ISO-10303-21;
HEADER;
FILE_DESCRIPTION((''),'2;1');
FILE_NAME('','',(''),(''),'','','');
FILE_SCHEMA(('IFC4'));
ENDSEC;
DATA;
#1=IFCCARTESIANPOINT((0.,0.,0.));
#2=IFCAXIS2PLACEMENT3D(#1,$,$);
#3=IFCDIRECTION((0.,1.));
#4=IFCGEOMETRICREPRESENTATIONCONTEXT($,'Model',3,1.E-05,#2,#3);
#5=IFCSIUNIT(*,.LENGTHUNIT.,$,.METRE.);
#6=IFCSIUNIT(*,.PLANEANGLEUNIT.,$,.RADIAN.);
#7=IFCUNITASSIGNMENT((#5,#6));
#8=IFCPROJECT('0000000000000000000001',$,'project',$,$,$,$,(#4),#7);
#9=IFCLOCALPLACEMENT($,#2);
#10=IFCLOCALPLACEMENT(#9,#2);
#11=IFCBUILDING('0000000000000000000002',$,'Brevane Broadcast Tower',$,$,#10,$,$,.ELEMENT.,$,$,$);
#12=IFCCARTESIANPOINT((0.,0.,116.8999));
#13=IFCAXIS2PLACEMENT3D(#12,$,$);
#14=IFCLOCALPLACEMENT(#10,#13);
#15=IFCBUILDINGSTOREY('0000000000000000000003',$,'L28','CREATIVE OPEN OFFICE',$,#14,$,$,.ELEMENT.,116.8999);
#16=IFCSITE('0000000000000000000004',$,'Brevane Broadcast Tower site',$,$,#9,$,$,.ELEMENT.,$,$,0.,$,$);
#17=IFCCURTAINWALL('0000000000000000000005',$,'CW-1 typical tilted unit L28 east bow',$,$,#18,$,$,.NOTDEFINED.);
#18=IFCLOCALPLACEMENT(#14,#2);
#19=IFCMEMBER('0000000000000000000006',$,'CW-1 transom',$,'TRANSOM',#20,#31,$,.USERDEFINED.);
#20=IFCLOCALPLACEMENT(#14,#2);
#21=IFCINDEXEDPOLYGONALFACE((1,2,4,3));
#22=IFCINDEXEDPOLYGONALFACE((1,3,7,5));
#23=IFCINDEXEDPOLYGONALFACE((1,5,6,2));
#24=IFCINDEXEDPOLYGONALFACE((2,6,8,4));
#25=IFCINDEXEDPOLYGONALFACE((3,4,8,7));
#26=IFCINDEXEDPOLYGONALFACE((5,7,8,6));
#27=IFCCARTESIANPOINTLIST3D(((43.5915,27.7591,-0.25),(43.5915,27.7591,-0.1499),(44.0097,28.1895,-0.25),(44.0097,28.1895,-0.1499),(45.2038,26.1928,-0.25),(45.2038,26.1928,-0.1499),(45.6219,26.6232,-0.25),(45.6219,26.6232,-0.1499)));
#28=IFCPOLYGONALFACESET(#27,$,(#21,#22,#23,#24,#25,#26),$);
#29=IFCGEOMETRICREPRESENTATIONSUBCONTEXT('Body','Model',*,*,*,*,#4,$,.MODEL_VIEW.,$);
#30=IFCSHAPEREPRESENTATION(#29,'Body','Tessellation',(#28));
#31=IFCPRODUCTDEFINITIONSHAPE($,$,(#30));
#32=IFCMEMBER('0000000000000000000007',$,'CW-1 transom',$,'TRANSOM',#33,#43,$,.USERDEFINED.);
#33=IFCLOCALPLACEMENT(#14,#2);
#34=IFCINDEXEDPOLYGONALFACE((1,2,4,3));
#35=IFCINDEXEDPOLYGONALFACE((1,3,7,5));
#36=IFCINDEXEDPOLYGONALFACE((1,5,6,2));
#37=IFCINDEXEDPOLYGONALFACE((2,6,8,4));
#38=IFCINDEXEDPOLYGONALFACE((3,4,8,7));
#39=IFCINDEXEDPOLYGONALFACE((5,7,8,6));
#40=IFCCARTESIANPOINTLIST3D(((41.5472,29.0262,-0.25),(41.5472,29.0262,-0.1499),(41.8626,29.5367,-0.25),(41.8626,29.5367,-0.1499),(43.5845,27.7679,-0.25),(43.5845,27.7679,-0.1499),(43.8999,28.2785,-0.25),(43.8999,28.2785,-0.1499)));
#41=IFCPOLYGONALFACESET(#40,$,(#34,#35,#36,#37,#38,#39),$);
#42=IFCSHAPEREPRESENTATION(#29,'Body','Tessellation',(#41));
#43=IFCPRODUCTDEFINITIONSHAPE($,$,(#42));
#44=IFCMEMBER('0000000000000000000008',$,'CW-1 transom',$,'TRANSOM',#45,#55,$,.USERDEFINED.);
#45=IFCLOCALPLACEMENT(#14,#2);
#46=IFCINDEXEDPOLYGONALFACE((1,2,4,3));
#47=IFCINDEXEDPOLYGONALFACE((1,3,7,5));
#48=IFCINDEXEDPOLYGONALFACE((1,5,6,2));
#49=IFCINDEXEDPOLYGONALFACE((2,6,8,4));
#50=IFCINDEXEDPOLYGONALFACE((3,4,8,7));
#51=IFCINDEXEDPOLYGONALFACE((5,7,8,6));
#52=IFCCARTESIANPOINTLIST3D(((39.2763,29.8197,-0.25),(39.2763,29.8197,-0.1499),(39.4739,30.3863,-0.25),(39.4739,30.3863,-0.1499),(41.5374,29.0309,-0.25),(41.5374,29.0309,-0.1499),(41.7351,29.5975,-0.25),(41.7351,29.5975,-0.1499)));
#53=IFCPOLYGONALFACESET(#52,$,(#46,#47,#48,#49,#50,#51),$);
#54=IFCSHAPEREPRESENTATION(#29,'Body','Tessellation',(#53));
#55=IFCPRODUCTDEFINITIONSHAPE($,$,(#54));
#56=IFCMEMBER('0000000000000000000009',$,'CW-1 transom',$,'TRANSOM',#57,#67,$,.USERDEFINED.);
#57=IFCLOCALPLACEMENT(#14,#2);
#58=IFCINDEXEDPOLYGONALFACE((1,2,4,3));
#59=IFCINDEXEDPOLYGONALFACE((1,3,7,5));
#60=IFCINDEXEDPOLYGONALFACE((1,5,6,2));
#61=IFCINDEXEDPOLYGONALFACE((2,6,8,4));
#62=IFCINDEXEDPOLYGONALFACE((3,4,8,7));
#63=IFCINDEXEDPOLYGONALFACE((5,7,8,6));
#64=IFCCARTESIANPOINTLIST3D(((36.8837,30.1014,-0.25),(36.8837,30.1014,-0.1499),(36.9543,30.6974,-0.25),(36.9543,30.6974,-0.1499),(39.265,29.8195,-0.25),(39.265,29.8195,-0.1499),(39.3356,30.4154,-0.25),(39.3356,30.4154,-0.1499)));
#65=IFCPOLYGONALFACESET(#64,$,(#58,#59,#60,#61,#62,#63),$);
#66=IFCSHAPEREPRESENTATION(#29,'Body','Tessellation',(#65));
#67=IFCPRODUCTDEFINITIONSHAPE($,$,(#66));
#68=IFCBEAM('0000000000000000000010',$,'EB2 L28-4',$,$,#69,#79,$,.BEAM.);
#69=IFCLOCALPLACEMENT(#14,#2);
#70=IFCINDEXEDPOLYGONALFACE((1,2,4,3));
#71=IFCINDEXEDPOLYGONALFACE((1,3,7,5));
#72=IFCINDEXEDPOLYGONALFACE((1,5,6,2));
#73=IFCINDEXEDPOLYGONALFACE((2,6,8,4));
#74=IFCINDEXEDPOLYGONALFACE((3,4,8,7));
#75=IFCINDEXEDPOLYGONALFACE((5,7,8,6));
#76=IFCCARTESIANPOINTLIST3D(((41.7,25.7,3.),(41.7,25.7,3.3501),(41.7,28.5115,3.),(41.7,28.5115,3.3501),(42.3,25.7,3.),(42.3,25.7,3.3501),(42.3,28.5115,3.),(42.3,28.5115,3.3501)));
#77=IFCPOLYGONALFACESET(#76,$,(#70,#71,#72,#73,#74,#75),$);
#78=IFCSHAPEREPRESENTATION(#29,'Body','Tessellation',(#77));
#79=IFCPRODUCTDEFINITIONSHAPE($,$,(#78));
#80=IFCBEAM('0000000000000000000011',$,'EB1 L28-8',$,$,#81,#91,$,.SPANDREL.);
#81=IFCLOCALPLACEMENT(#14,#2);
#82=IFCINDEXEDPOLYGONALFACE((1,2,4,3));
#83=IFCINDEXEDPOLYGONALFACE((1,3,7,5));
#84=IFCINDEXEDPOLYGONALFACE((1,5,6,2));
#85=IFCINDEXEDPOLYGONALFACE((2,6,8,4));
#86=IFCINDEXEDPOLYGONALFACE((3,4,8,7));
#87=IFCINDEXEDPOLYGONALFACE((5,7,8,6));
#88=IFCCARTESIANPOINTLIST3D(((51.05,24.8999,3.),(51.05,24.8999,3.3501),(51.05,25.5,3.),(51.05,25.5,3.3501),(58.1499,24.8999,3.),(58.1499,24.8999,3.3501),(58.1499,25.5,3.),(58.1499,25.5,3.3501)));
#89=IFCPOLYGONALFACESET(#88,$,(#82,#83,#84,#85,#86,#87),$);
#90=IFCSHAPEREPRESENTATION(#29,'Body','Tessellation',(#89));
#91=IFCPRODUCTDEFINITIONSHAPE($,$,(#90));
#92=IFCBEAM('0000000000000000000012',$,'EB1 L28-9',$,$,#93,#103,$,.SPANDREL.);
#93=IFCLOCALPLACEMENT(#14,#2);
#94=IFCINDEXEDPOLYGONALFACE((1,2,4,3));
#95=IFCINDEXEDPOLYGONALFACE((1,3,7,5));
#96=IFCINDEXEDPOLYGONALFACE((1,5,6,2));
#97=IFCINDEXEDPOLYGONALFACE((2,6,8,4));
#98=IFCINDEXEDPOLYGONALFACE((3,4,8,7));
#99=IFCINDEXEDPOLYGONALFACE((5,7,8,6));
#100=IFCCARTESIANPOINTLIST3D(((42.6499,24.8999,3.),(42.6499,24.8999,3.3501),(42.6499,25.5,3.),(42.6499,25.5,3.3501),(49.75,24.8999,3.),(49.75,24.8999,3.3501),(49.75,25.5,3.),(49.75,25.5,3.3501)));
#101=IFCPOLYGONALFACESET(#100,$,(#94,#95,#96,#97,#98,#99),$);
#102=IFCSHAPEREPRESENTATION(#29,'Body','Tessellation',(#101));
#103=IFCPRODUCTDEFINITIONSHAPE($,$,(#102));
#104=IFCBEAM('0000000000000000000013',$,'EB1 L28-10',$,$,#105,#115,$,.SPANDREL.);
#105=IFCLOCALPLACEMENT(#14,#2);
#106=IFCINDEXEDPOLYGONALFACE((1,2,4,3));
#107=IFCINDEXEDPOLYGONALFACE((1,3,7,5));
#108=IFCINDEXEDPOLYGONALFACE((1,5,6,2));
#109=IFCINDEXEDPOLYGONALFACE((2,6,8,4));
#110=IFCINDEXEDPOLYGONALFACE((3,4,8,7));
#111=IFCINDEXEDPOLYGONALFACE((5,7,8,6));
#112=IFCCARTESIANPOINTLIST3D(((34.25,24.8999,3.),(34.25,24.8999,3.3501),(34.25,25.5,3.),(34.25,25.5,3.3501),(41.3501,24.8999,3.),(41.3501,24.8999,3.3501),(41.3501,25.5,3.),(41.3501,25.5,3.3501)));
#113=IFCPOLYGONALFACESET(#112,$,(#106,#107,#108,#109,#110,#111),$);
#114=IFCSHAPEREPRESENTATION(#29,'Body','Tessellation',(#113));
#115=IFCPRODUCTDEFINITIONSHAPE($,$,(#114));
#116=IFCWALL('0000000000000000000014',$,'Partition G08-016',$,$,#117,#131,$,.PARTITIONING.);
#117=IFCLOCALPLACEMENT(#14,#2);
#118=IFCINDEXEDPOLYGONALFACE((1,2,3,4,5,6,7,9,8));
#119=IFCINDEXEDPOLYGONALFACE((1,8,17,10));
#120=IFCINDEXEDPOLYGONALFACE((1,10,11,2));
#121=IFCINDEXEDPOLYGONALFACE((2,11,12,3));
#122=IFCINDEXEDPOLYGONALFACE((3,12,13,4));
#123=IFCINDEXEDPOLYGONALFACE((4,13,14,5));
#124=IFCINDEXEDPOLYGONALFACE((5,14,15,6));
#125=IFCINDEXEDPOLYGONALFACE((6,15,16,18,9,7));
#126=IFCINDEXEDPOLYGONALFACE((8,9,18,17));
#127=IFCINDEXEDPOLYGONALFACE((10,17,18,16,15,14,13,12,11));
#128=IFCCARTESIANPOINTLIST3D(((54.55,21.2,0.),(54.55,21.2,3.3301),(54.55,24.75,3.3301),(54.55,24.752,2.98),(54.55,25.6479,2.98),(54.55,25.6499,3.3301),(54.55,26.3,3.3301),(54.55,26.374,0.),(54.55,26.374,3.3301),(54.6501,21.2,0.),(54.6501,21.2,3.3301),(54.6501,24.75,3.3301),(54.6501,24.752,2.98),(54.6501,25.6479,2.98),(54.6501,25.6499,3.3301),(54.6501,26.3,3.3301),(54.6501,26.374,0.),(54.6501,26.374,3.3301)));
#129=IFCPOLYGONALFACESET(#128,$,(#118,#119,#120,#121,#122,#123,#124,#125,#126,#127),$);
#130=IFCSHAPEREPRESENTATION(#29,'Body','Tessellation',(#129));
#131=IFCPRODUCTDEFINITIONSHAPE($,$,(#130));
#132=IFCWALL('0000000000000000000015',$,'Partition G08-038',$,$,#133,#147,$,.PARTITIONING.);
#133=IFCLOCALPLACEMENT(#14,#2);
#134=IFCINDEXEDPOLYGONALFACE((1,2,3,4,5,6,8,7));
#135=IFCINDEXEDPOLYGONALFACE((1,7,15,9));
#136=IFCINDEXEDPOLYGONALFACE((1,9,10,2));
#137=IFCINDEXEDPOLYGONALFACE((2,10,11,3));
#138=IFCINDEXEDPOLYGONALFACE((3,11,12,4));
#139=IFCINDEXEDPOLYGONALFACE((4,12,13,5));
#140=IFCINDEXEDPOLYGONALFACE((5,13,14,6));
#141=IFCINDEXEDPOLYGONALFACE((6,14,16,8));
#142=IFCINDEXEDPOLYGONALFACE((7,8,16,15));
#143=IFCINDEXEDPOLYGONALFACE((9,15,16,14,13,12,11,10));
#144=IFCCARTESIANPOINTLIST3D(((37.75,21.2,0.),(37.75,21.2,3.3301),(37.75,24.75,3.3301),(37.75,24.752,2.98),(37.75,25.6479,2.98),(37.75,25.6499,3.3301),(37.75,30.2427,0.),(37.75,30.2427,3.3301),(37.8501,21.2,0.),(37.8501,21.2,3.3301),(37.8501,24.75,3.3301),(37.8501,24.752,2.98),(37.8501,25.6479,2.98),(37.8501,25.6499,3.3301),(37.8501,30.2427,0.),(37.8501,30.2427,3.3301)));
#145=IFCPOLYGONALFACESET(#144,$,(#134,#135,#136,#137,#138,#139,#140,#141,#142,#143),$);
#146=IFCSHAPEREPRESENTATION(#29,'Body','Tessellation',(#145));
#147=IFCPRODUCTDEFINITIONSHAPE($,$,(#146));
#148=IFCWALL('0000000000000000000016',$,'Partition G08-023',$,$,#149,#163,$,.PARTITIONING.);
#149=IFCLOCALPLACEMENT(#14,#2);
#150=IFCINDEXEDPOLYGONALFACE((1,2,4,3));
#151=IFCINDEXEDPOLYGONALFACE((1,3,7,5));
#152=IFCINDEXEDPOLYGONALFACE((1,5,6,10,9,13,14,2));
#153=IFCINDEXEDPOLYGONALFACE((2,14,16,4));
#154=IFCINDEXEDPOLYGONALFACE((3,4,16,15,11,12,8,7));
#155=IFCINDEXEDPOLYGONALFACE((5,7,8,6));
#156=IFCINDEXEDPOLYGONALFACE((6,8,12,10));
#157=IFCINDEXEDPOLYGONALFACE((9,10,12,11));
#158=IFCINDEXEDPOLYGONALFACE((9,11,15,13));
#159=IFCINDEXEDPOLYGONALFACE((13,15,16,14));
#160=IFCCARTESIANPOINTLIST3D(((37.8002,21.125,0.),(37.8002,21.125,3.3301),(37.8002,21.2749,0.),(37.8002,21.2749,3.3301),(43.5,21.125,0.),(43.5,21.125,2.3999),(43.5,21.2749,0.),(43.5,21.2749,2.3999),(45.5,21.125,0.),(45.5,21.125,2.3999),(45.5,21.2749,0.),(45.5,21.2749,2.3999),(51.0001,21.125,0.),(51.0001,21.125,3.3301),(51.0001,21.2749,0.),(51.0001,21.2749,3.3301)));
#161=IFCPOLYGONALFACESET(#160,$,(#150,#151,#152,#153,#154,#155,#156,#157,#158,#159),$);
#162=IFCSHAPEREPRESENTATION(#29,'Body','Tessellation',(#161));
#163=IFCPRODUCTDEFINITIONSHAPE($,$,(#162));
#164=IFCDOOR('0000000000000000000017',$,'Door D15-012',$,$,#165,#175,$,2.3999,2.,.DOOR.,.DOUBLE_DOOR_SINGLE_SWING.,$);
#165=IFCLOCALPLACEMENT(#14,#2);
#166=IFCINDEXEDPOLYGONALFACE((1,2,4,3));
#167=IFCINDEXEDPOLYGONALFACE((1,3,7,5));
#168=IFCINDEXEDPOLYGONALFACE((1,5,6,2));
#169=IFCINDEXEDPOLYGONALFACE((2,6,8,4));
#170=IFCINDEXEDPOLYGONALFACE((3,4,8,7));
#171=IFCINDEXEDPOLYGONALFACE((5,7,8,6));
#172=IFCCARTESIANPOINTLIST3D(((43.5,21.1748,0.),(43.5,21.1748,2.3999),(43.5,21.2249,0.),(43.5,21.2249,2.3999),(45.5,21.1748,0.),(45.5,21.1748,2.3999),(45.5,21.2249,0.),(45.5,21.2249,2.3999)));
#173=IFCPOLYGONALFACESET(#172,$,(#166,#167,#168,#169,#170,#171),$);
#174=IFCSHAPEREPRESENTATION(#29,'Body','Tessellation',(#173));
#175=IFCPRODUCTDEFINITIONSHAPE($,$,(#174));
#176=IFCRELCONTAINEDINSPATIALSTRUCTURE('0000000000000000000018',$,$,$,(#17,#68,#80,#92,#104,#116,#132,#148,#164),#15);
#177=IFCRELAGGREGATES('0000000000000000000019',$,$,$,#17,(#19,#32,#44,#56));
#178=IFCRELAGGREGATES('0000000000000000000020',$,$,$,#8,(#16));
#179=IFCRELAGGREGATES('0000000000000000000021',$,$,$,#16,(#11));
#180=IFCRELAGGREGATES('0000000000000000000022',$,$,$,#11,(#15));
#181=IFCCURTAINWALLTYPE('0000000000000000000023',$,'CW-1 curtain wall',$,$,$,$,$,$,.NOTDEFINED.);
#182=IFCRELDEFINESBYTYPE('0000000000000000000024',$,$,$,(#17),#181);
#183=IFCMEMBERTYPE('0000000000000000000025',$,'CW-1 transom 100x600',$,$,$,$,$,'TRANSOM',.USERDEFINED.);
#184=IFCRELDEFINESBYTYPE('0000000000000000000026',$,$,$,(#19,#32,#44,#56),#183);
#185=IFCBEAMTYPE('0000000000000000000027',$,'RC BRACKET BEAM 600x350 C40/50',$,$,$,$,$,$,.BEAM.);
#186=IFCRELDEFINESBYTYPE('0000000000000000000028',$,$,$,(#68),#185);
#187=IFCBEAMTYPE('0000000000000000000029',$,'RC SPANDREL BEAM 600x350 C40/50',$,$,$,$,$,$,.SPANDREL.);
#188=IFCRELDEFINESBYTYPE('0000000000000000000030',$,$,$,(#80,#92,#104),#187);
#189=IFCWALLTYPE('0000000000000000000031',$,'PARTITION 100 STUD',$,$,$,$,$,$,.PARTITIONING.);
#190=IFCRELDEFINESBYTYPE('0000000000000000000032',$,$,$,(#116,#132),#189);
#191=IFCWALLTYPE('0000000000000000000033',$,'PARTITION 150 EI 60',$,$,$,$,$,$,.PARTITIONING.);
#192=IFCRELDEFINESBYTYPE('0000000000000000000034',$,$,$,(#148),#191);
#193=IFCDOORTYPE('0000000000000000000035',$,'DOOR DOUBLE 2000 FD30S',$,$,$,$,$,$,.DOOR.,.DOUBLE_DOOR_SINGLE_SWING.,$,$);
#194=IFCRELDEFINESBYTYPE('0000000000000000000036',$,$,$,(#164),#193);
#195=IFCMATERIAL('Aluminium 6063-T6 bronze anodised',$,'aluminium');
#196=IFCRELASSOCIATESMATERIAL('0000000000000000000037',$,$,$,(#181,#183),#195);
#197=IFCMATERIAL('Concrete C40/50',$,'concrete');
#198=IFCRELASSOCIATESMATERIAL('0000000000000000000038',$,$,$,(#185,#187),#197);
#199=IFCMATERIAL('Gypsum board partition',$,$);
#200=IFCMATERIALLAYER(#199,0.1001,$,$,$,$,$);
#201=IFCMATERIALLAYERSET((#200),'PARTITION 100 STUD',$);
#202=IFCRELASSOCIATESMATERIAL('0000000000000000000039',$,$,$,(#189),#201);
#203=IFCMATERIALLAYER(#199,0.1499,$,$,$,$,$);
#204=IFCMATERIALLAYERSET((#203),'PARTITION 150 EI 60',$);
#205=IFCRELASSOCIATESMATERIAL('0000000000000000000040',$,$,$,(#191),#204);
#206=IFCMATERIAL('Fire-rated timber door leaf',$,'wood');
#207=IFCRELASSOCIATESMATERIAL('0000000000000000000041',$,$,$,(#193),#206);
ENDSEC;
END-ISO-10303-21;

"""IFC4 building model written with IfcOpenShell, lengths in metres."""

from ifc_helpers import new_model, si_unit, direction, frame, frame_2d, origin, origin_2d, place, context, subcontext, project, spatial, polyline, rectangle, outline, extrude, material, layer, layer_set, material_profile, profile_set, type_object, element, fill, aggregate, save


model = new_model("IFC4")

# Units and contexts
model_context = context("Model", 3, precision=1e-05, world=origin(), true_north=direction((0.0, 1.0)))
body_context = subcontext(model_context, "Body", "Model", "MODEL_VIEW")
ifc_project = project(units=[si_unit("LENGTHUNIT", "METRE"), si_unit("PLANEANGLEUNIT", "RADIAN")], contexts=[model_context])

# Site, building, storey
site_placement = place(None, origin())
site = spatial("IfcSite", under=ifc_project, at=site_placement, Name="Brevane Broadcast Tower site", CompositionType="ELEMENT", RefElevation=0.0)
building_placement = place(site_placement, origin())
building = spatial("IfcBuilding", under=site, at=building_placement, Name="Brevane Broadcast Tower", CompositionType="ELEMENT")
storey_placement = place(building_placement, frame((0.0, 0.0, 116.8999)))
storey = spatial("IfcBuildingStorey", under=building, at=storey_placement, Name="L28", Description="CREATIVE OPEN OFFICE", CompositionType="ELEMENT", Elevation=116.8999)

# Curtain wall
ifc_material_1 = material(Name="Aluminium 6063-T6 bronze anodised", Category="aluminium")
curtain_wall_type = type_object("IfcCurtainWallType", Name="CW-1 curtain wall", PredefinedType="NOTDEFINED", material=ifc_material_1)
curtain_wall_1_placement = place(storey_placement, origin())
curtain_wall_1 = element("IfcCurtainWall", 1, at=curtain_wall_1_placement, inside=storey, type_object=curtain_wall_type, Name="CW-1 typical tilted unit L28 east bow", PredefinedType="NOTDEFINED")

# Members
ifc_material_profile_1 = material_profile(ifc_material_1, rectangle(XDim=0.6001, YDim=0.1001, at=origin_2d()), Name="RECT 100x600")
ifc_profile_set_1 = profile_set([ifc_material_profile_1], Name="Aluminium 6063-T6 bronze anodised")
member_type_1 = type_object("IfcMemberType", Name="CW-1 transom 100x600", ElementType="TRANSOM", PredefinedType="USERDEFINED", material=ifc_profile_set_1)
member_1_placement = place(storey_placement, frame((45.4128, 26.408, -0.2), z_axis=(-0.717242, 0.696824, 0.0), x_axis=(-0.696824, -0.717242, 0.0)))
member_1 = element("IfcMember", 2, at=member_1_placement, type_object=member_type_1, Name="CW-1 transom", ObjectType="TRANSOM", PredefinedType="USERDEFINED", context=body_context, shape_type="SweptSolid", body=[
    extrude(rectangle(XDim=0.6001, YDim=0.1001, at=origin_2d()), origin(), (0.0, 0.0, 1.0), 2.2478),
])
member_2_placement = place(storey_placement, frame((43.7422, 28.0232, -0.2), z_axis=(-0.85081, 0.525473, 0.0), x_axis=(-0.525473, -0.85081, 0.0)))
member_2 = element("IfcMember", 3, at=member_2_placement, type_object=member_type_1, Name="CW-1 transom", ObjectType="TRANSOM", PredefinedType="USERDEFINED", context=body_context, shape_type="SweptSolid", body=[
    extrude(rectangle(XDim=0.6001, YDim=0.1001, at=origin_2d()), origin(), (0.0, 0.0, 1.0), 2.3945),
])
member_3_placement = place(storey_placement, frame((41.6362, 29.3142, -0.2), z_axis=(-0.944198, 0.329378, 0.0), x_axis=(-0.329378, -0.944198, 0.0)))
member_3 = element("IfcMember", 4, at=member_3_placement, type_object=member_type_1, Name="CW-1 transom", ObjectType="TRANSOM", PredefinedType="USERDEFINED", context=body_context, shape_type="SweptSolid", body=[
    extrude(rectangle(XDim=0.6001, YDim=0.1001, at=origin_2d()), origin(), (0.0, 0.0, 1.0), 2.3948),
])
member_4_placement = place(storey_placement, frame((39.3003, 30.1174, -0.2), z_axis=(-0.993062, 0.117591, 0.0), x_axis=(-0.117591, -0.993062, 0.0)))
member_4 = element("IfcMember", 5, at=member_4_placement, type_object=member_type_1, Name="CW-1 transom", ObjectType="TRANSOM", PredefinedType="USERDEFINED", context=body_context, shape_type="SweptSolid", body=[
    extrude(rectangle(XDim=0.6001, YDim=0.1001, at=origin_2d()), origin(), (0.0, 0.0, 1.0), 2.3979),
])
aggregate(curtain_wall_1, [member_1, member_2, member_3, member_4])

# Beams
ifc_material_2 = material(Name="Concrete C40/50", Category="concrete")
ifc_material_profile_2 = material_profile(ifc_material_2, rectangle(XDim=0.6001, YDim=0.3501, at=origin_2d()), Name="RC 600x350")
ifc_profile_set_2 = profile_set([ifc_material_profile_2], Name="Concrete C40/50")
beam_type_1 = type_object("IfcBeamType", Name="RC BRACKET BEAM 600x350 C40/50", PredefinedType="BEAM", material=ifc_profile_set_2)
beam_1_placement = place(storey_placement, frame((42.0, 25.7, 3.175), z_axis=(0.0, 1.0, 0.0), x_axis=(-1.0, 0.0, 0.0)))
element("IfcBeam", 6, at=beam_1_placement, inside=storey, type_object=beam_type_1, Name="EB2 L28-4", PredefinedType="BEAM", context=body_context, shape_type="SweptSolid", body=[
    extrude(rectangle(XDim=0.6001, YDim=0.3501, at=origin_2d()), origin(), (0.0, 0.0, 1.0), 2.8115),
])
ifc_material_profile_3 = material_profile(ifc_material_2, rectangle(XDim=0.6001, YDim=0.3501, at=origin_2d()), Name="RC 600x350")
ifc_profile_set_3 = profile_set([ifc_material_profile_3], Name="Concrete C40/50")
beam_type_2 = type_object("IfcBeamType", Name="RC SPANDREL BEAM 600x350 C40/50", PredefinedType="SPANDREL", material=ifc_profile_set_3)
beam_2_placement = place(storey_placement, frame((58.1499, 25.2, 3.175), z_axis=(-1.0, 0.0, 0.0), x_axis=(0.0, -1.0, 0.0)))
element("IfcBeam", 7, at=beam_2_placement, inside=storey, type_object=beam_type_2, Name="EB1 L28-8", PredefinedType="SPANDREL", context=body_context, shape_type="SweptSolid", body=[
    extrude(rectangle(XDim=0.6001, YDim=0.3501, at=origin_2d()), origin(), (0.0, 0.0, 1.0), 7.0999),
])
for number, where, z_axis, x_axis, name in (
    (8, (49.75, 25.2, 3.175), (-1.0, 0.0, 0.0), (0.0, -1.0, 0.0), "EB1 L28-9"),
    (9, (41.3501, 25.2, 3.175), (-1.0, 0.0, 0.0), (0.0, -1.0, 0.0), "EB1 L28-10"),
):
    element("IfcBeam", number, at=place(storey_placement, frame(where, z_axis=z_axis, x_axis=x_axis)), inside=storey, type_object=beam_type_2, Name=name, PredefinedType="SPANDREL", context=body_context, shape_type="SweptSolid", body=[
        extrude(rectangle(XDim=0.6001, YDim=0.3501, at=origin_2d()), origin(), (0.0, 0.0, 1.0), 7.1001),
    ])

# Walls
ifc_material_3 = material(Name="Gypsum board partition")
ifc_layer_1 = layer(ifc_material_3, 0.1001)
ifc_layer_set_1 = layer_set([ifc_layer_1], Name="PARTITION 100 STUD")
wall_type_1 = type_object("IfcWallType", Name="PARTITION 100 STUD", PredefinedType="PARTITIONING", material=ifc_layer_set_1)
wall_1_placement = place(storey_placement, frame((54.6001, 21.2, 0.0), z_axis=(0.0, 0.0, 1.0), x_axis=(0.0, 1.0, 0.0)))
element("IfcWall", 10, at=wall_1_placement, inside=storey, type_object=wall_type_1, Name="Partition G08-016", PredefinedType="PARTITIONING", context=body_context, shape_type="SweptSolid", body=[
    extrude(outline(polyline([(0.0, 0.0), (5.1741, 0.0), (5.1741, 3.3301), (5.1001, 3.3301), (4.45, 3.3301), (4.448, 2.98), (3.552, 2.98), (3.55, 3.3301), (0.0, 3.3301), (0.0, 0.0)])), frame((0.0, 0.05, 0.0), z_axis=(0.0, -1.0, 0.0), x_axis=(1.0, 0.0, 0.0)), (0.0, 0.0, 1.0), 0.1001),
])
wall_2_placement = place(storey_placement, frame((37.8, 30.2427, 0.0), z_axis=(0.0, 0.0, 1.0), x_axis=(0.0, -1.0, 0.0)))
element("IfcWall", 11, at=wall_2_placement, inside=storey, type_object=wall_type_1, Name="Partition G08-038", PredefinedType="PARTITIONING", context=body_context, shape_type="SweptSolid", body=[
    extrude(outline(polyline([(0.0, 0.0), (9.0427, 0.0), (9.0427, 3.3301), (5.4927, 3.3301), (5.4907, 2.98), (4.5947, 2.98), (4.5928, 3.3301), (0.0, 3.3301), (0.0, 0.0)])), frame((0.0, 0.05, 0.0), z_axis=(0.0, -1.0, 0.0), x_axis=(1.0, 0.0, 0.0)), (0.0, 0.0, 1.0), 0.1001),
])

# Wall, opening, door
ifc_layer_2 = layer(ifc_material_3, 0.1499)
ifc_layer_set_2 = layer_set([ifc_layer_2], Name="PARTITION 150 EI 60")
wall_type_2 = type_object("IfcWallType", Name="PARTITION 150 EI 60", PredefinedType="PARTITIONING", material=ifc_layer_set_2)
ifc_material_4 = material(Name="Fire-rated timber door leaf", Category="wood")
door_type = type_object("IfcDoorType", Name="DOOR DOUBLE 2000 FD30S", OperationType="DOUBLE_DOOR_SINGLE_SWING", PredefinedType="DOOR", material=ifc_material_4)
wall_3_placement = place(storey_placement, frame((37.8, 21.2, 0.0), z_axis=(0.0, 0.0, 1.0), x_axis=(1.0, 0.0, 0.0)))
wall_3 = element("IfcWall", 12, at=wall_3_placement, inside=storey, type_object=wall_type_2, Name="Partition G08-023", PredefinedType="PARTITIONING", context=body_context, shape_type="SweptSolid", body=[
    extrude(rectangle(XDim=13.2, YDim=0.1499, at=frame_2d((6.6001, 0.0))), origin(), (0.0, 0.0, 1.0), 3.3301),
])
opening_1_placement = place(wall_3_placement, frame((5.7, 0.0, 0.0)))
opening_1 = element("IfcOpeningElement", 13, at=opening_1_placement, cuts=wall_3, PredefinedType="OPENING", context=body_context, shape_type="SweptSolid", body=[
    extrude(rectangle(XDim=2.0, YDim=2.3999, at=frame_2d((1.0, 1.2))), frame((0.0, 0.085, 0.0), z_axis=(0.0, -1.0, 0.0), x_axis=(1.0, 0.0, 0.0)), (0.0, 0.0, 1.0), 0.1699),
])
door_1_placement = place(opening_1_placement, origin())
door_1 = element("IfcDoor", 14, at=door_1_placement, inside=storey, type_object=door_type, Name="Door D15-012", OperationType="DOUBLE_DOOR_SINGLE_SWING", OverallHeight=2.3999, OverallWidth=2.0, PredefinedType="DOOR", context=body_context, shape_type="SweptSolid", body=[
    extrude(rectangle(XDim=2.0, YDim=2.3999, at=frame_2d((1.0, 1.2))), frame((0.0, 0.0249, 0.0), z_axis=(0.0, -1.0, 0.0), x_axis=(1.0, 0.0, 0.0)), (0.0, 0.0, 1.0), 0.05),
])
fill(opening_1, door_1)

save(model, "model.ifc")
